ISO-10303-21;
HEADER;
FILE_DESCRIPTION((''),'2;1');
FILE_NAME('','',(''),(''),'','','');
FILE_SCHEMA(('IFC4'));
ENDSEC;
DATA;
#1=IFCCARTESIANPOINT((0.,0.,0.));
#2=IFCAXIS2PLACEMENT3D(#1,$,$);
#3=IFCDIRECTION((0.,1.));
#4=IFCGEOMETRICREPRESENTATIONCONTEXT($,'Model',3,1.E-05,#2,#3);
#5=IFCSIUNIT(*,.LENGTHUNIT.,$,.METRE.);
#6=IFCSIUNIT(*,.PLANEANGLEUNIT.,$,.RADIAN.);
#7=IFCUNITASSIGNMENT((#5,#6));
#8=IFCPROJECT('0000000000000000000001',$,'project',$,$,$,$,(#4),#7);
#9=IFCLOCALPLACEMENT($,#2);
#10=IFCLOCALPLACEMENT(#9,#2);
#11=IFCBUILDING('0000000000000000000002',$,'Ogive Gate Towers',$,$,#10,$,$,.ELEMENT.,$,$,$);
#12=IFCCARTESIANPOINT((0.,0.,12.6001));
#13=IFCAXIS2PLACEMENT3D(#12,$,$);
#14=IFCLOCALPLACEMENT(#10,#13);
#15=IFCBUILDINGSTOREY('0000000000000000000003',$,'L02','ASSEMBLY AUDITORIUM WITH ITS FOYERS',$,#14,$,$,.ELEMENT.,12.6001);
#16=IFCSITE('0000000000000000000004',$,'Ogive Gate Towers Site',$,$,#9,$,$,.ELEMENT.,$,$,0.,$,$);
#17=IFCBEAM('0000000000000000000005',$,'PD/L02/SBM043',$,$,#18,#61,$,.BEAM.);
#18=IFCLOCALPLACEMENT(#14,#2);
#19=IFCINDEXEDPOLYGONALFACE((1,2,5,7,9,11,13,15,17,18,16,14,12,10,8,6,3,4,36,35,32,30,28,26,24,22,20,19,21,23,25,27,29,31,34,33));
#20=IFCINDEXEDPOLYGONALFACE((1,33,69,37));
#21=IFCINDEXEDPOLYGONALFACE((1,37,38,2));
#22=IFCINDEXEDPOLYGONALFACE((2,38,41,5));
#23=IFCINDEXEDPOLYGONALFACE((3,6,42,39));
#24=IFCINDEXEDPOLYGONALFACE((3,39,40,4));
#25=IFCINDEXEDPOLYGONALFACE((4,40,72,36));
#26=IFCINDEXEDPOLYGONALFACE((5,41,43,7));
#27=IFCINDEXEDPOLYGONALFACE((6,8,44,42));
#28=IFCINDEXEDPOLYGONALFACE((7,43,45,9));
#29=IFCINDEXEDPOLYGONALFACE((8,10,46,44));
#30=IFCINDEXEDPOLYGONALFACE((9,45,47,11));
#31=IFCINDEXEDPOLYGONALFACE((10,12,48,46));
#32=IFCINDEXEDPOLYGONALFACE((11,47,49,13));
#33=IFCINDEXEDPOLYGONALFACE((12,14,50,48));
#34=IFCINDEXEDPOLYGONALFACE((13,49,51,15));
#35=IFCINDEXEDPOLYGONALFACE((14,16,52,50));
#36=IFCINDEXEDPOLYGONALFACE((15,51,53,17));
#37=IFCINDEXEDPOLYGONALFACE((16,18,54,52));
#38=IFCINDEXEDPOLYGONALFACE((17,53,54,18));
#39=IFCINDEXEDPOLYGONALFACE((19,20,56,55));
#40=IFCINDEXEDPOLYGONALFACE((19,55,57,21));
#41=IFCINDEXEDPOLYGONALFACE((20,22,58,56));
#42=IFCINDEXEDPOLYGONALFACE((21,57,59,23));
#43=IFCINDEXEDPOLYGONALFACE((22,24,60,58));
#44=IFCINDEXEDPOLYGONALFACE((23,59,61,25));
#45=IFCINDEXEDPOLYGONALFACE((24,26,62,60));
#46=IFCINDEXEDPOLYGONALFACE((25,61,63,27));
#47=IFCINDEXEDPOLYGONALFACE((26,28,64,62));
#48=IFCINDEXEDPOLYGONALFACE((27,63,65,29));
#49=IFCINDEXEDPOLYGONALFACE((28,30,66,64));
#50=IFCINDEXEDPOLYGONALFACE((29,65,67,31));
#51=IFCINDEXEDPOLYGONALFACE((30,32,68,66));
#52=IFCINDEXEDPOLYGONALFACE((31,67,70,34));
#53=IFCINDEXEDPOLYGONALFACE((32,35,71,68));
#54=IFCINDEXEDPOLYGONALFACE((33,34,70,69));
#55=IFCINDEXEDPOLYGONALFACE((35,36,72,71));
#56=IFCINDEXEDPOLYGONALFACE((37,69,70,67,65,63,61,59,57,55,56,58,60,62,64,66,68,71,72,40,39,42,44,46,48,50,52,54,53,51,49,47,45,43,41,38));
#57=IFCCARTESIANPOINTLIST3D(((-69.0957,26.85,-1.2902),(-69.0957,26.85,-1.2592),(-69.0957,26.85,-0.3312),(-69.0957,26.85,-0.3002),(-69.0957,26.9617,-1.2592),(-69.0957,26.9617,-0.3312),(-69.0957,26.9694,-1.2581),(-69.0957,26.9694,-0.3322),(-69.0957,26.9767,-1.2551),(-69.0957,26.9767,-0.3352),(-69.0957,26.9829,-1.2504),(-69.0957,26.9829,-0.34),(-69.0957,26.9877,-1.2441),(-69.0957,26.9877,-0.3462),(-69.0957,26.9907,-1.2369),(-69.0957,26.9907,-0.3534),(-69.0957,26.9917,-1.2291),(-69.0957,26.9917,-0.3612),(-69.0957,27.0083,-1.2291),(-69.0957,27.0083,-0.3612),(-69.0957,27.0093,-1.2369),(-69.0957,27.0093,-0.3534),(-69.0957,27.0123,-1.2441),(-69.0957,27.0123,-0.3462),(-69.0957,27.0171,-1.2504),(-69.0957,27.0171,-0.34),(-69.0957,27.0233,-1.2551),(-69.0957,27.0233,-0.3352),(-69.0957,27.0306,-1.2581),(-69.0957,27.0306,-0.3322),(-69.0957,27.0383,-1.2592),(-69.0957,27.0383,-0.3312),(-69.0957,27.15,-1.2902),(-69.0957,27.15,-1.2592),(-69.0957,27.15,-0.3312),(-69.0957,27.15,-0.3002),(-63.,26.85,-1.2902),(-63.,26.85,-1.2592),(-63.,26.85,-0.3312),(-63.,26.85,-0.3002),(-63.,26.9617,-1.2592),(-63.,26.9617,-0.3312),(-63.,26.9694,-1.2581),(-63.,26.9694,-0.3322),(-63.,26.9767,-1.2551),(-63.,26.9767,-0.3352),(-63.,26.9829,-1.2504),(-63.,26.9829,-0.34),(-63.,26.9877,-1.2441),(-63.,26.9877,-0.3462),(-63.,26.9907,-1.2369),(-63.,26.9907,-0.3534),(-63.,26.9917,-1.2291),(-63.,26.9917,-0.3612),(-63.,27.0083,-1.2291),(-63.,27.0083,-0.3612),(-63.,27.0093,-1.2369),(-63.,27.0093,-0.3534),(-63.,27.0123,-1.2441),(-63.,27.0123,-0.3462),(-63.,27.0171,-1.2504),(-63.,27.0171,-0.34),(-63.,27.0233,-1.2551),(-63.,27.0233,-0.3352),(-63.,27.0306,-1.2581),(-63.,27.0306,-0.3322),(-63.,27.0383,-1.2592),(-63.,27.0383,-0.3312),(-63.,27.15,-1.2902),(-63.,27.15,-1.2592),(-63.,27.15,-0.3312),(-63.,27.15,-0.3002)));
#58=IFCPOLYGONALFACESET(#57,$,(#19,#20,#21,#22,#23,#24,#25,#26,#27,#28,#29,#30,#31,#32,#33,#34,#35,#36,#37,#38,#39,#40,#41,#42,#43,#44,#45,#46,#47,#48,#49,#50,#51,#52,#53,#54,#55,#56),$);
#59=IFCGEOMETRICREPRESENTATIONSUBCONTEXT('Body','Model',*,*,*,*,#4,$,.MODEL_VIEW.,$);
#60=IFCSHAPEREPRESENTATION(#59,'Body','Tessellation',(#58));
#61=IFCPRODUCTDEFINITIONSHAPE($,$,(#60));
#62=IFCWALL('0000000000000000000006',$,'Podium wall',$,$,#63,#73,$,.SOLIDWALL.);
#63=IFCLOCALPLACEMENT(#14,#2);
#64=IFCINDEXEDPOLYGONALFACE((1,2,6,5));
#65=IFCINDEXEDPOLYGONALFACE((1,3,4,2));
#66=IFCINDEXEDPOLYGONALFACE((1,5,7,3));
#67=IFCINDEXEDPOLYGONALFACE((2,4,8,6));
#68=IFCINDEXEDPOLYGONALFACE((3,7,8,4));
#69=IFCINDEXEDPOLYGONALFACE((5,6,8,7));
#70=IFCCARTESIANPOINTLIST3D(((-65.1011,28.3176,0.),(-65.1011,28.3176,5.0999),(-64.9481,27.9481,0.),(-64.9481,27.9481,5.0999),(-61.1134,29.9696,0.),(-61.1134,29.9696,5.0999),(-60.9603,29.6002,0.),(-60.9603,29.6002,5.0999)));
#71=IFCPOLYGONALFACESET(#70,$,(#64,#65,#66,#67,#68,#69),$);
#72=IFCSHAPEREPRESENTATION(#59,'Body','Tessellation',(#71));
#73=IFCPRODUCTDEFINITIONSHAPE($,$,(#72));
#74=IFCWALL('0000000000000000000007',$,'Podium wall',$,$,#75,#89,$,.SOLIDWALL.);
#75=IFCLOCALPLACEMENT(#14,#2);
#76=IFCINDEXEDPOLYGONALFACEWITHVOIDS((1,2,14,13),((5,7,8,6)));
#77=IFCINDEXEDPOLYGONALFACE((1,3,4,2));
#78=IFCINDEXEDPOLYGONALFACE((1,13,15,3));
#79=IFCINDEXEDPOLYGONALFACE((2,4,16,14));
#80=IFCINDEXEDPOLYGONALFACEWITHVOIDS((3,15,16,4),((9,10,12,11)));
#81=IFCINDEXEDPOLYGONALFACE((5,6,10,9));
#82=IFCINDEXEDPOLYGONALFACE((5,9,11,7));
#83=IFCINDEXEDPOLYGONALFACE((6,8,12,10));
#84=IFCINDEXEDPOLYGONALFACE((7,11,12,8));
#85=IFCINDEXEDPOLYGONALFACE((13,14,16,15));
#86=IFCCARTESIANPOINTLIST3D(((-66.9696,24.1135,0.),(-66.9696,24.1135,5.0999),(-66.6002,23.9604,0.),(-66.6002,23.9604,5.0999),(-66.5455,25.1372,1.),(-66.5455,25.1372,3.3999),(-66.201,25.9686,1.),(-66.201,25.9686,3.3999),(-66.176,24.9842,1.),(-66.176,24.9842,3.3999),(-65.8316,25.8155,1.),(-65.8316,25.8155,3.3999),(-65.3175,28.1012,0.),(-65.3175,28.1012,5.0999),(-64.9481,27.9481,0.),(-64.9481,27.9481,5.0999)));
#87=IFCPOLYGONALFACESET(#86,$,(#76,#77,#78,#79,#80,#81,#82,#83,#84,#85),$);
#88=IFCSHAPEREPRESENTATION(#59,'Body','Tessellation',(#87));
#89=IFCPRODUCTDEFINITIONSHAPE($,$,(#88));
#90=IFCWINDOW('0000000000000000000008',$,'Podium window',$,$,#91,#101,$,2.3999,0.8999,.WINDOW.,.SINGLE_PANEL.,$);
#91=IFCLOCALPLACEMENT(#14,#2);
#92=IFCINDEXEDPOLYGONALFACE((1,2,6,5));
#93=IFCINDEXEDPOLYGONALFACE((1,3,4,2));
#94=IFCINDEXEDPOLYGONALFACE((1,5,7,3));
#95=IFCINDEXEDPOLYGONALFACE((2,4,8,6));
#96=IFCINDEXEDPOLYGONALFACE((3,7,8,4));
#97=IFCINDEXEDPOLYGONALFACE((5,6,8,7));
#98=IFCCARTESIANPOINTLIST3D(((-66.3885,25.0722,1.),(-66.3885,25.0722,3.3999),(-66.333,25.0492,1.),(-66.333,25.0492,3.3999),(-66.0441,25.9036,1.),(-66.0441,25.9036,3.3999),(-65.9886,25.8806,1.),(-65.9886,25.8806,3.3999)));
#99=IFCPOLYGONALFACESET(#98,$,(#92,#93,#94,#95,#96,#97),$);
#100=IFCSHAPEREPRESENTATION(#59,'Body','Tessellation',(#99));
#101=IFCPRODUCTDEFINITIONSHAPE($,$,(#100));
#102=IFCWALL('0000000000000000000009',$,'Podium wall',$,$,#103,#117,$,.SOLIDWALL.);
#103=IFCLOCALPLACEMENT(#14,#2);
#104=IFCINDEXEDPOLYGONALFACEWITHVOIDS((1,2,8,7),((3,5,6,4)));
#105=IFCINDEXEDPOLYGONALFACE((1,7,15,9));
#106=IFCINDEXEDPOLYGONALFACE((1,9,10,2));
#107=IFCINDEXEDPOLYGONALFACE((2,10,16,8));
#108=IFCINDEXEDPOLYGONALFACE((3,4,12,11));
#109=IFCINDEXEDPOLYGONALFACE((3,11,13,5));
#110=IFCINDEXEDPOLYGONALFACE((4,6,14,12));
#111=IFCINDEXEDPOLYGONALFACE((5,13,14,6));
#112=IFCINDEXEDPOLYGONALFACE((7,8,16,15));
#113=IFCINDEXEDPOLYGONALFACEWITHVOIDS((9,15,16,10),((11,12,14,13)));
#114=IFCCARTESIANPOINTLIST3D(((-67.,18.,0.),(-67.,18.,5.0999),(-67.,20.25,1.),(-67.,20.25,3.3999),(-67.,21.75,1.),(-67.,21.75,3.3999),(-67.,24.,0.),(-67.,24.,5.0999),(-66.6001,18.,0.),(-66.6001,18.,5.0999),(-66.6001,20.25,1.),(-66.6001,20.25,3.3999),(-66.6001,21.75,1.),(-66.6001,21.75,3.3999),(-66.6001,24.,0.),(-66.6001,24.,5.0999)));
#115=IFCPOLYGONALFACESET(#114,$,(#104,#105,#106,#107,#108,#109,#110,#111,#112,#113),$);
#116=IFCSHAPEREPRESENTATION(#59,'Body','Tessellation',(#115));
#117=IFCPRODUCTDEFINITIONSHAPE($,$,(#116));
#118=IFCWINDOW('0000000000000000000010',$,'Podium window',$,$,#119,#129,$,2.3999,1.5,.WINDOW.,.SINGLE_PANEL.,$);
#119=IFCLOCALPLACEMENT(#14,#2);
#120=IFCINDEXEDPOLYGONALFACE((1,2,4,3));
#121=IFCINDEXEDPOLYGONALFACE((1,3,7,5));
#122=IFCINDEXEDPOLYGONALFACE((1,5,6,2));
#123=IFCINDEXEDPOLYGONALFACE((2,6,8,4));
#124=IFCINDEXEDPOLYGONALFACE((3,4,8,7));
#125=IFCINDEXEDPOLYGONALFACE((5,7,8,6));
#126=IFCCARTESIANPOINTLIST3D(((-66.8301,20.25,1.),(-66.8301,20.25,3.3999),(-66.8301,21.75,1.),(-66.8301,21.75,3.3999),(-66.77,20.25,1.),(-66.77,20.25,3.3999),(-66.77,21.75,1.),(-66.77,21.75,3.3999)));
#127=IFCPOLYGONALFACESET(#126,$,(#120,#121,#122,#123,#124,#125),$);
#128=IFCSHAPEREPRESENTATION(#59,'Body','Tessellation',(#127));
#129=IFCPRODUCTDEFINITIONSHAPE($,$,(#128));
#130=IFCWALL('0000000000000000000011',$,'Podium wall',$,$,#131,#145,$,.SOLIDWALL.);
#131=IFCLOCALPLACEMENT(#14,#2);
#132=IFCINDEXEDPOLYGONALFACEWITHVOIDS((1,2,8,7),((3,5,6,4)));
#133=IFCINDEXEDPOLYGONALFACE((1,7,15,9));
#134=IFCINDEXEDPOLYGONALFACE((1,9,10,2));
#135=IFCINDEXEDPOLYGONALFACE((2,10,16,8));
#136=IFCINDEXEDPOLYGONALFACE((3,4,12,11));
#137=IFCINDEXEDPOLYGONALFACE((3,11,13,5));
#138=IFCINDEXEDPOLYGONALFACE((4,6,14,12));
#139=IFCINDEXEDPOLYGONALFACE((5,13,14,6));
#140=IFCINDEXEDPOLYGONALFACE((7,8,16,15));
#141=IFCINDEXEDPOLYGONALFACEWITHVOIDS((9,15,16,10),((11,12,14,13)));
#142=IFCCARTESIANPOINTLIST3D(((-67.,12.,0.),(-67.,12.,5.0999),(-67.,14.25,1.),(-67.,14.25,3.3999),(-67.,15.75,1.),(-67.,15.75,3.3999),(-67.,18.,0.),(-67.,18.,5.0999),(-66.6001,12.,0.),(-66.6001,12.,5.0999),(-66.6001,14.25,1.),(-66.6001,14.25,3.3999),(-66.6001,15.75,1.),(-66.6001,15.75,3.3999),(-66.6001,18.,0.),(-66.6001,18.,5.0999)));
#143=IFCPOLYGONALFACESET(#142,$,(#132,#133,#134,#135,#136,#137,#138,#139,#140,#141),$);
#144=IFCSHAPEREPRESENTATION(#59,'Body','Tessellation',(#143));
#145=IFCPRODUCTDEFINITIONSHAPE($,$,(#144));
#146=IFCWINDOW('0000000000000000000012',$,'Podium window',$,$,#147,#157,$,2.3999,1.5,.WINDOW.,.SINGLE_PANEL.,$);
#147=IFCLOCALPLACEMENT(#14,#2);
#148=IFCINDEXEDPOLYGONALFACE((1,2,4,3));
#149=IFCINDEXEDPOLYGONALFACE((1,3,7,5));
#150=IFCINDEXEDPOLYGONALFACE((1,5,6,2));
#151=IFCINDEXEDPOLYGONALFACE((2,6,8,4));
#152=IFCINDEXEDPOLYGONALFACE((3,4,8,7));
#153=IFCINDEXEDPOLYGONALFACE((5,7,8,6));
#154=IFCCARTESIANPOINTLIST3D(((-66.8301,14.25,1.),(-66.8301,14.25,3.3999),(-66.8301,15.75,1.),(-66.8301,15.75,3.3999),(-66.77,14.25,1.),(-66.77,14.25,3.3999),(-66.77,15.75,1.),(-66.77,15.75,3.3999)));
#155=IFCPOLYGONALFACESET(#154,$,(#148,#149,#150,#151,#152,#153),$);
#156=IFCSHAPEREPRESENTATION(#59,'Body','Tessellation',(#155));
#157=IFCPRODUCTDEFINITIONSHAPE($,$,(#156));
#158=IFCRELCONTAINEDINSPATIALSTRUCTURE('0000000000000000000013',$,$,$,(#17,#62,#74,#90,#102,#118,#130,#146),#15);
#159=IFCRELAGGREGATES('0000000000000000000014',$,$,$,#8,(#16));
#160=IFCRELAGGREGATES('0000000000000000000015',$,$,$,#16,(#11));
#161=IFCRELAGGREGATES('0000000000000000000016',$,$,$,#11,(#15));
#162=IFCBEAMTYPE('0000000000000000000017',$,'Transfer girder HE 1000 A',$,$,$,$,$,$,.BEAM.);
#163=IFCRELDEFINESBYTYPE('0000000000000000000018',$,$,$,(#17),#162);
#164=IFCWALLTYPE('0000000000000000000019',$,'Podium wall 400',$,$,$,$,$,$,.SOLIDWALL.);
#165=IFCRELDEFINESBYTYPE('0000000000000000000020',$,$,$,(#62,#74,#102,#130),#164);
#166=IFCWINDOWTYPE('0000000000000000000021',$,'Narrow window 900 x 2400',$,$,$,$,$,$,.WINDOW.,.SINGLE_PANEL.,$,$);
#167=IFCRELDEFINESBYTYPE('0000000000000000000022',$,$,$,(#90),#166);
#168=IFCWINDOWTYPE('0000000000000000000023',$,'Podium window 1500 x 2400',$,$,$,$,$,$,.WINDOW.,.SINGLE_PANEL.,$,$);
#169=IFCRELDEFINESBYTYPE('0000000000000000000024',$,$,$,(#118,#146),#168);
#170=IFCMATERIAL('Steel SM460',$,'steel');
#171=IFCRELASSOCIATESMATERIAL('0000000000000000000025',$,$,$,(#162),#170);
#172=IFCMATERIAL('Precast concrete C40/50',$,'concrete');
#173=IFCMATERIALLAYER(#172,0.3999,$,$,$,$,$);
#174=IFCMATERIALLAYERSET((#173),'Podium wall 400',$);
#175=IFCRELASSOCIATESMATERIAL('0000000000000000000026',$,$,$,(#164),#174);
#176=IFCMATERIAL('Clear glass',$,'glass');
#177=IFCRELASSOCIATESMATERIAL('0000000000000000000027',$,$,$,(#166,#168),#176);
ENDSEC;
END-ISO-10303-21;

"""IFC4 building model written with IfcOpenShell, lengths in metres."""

from ifc_helpers import new_model, si_unit, direction, frame, frame_2d, origin, origin_2d, place, context, subcontext, project, spatial, rectangle, i_section, extrude, material, layer, layer_set, material_profile, profile_set, type_object, element, fill, save


model = new_model("IFC4")

# Units and contexts
model_context = context("Model", 3, precision=1e-05, world=origin(), true_north=direction((0.0, 1.0)))
body_context = subcontext(model_context, "Body", "Model", "MODEL_VIEW")
ifc_project = project(units=[si_unit("LENGTHUNIT", "METRE"), si_unit("PLANEANGLEUNIT", "RADIAN")], contexts=[model_context])

# Site, building, storey
site_placement = place(None, origin())
site = spatial("IfcSite", under=ifc_project, at=site_placement, Name="Ogive Gate Towers Site", CompositionType="ELEMENT", RefElevation=0.0)
building_placement = place(site_placement, origin())
building = spatial("IfcBuilding", under=site, at=building_placement, Name="Ogive Gate Towers", CompositionType="ELEMENT")
storey_placement = place(building_placement, frame((0.0, 0.0, 12.6001)))
storey = spatial("IfcBuildingStorey", under=building, at=storey_placement, Name="L02", Description="ASSEMBLY AUDITORIUM WITH ITS FOYERS", CompositionType="ELEMENT", Elevation=12.6001)

# Beam
ifc_material_1 = material(Name="Steel SM460", Category="steel")
ifc_material_profile_1 = material_profile(ifc_material_1, i_section(OverallWidth=0.3, OverallDepth=0.99, WebThickness=0.0166, FlangeThickness=0.031, FilletRadius=0.03, at=origin_2d()), Name="HE 1000 A")
ifc_profile_set_1 = profile_set([ifc_material_profile_1], Name="Steel SM460")
beam_type_1 = type_object("IfcBeamType", Name="Transfer girder HE 1000 A", PredefinedType="BEAM", material=ifc_profile_set_1)
beam_1_placement = place(storey_placement, frame((-69.0957, 27.0, -0.7952), z_axis=(1.0, 0.0, 0.0), x_axis=(0.0, 1.0, 0.0)))
element("IfcBeam", 1, at=beam_1_placement, inside=storey, type_object=beam_type_1, Name="PD/L02/SBM043", PredefinedType="BEAM", context=body_context, shape_type="SweptSolid", body=[
    extrude(i_section(OverallWidth=0.3, OverallDepth=0.99, WebThickness=0.0166, FlangeThickness=0.031, FilletRadius=0.03, at=origin_2d()), origin(), (0.0, 0.0, 1.0), 6.0957),
])

# Wall
ifc_material_2 = material(Name="Precast concrete C40/50", Category="concrete")
ifc_layer = layer(ifc_material_2, 0.3999)
ifc_layer_set = layer_set([ifc_layer], Name="Podium wall 400")
wall_type = type_object("IfcWallType", Name="Podium wall 400", PredefinedType="SOLIDWALL", material=ifc_layer_set)
wall_1_placement = place(storey_placement, frame((-61.0369, 29.7849, 0.0), z_axis=(0.0, 0.0, 1.0), x_axis=(-0.923855, -0.382743, 0.0)))
element("IfcWall", 2, at=wall_1_placement, inside=storey, type_object=wall_type, Name="Podium wall", PredefinedType="SOLIDWALL", context=body_context, shape_type="SweptSolid", body=[
    extrude(rectangle(XDim=4.3164, YDim=0.3999, at=frame_2d((2.1582, 0.0))), origin(), (0.0, 0.0, 1.0), 5.0999),
])

# Walls, openings, windows
wall_2_placement = place(storey_placement, frame((-65.1328, 28.0247, 0.0), z_axis=(0.0, 0.0, 1.0), x_axis=(-0.382743, -0.923855, 0.0)))
wall_2 = element("IfcWall", 3, at=wall_2_placement, inside=storey, type_object=wall_type, Name="Podium wall", PredefinedType="SOLIDWALL", context=body_context, shape_type="SweptSolid", body=[
    extrude(rectangle(XDim=4.3164, YDim=0.3999, at=frame_2d((2.1582, 0.0))), origin(), (0.0, 0.0, 1.0), 5.0999),
])
opening_1_placement = place(wall_2_placement, frame((2.3083, 0.0, 1.0)))
opening_1 = element("IfcOpeningElement", 4, at=opening_1_placement, cuts=wall_2, PredefinedType="OPENING", context=body_context, shape_type="SweptSolid", body=[
    extrude(rectangle(XDim=0.8999, YDim=2.3999, at=frame_2d((0.45, 1.2))), frame((0.0, 0.21, 0.0), z_axis=(0.0, -1.0, 0.0), x_axis=(1.0, 0.0, 0.0)), (0.0, 0.0, 1.0), 0.4199),
])
ifc_material_3 = material(Name="Clear glass", Category="glass")
window_type_1 = type_object("IfcWindowType", Name="Narrow window 900 x 2400", PartitioningType="SINGLE_PANEL", PredefinedType="WINDOW", material=ifc_material_3)
window_1_placement = place(opening_1_placement, origin())
window_1 = element("IfcWindow", 5, at=window_1_placement, inside=storey, type_object=window_type_1, Name="Podium window", OverallHeight=2.3999, OverallWidth=0.8999, PartitioningType="SINGLE_PANEL", PredefinedType="WINDOW", context=body_context, shape_type="SweptSolid", body=[
    extrude(rectangle(XDim=0.8999, YDim=2.3999, at=frame_2d((0.45, 1.2))), frame((0.0, 0.03, 0.0), z_axis=(0.0, -1.0, 0.0), x_axis=(1.0, 0.0, 0.0)), (0.0, 0.0, 1.0), 0.0601),
])
fill(opening_1, window_1)
wall_3_placement = place(storey_placement, frame((-66.8, 24.0, 0.0), z_axis=(0.0, 0.0, 1.0), x_axis=(0.0, -1.0, 0.0)))
wall_3 = element("IfcWall", 6, at=wall_3_placement, inside=storey, type_object=wall_type, Name="Podium wall", PredefinedType="SOLIDWALL", context=body_context, shape_type="SweptSolid", body=[
    extrude(rectangle(XDim=6.0, YDim=0.3999, at=frame_2d((3.0, 0.0))), origin(), (0.0, 0.0, 1.0), 5.0999),
])
opening_2_placement = place(wall_3_placement, frame((2.25, 0.0, 1.0)))
opening_2 = element("IfcOpeningElement", 7, at=opening_2_placement, cuts=wall_3, PredefinedType="OPENING", context=body_context, shape_type="SweptSolid", body=[
    extrude(rectangle(XDim=1.5, YDim=2.3999, at=frame_2d((0.75, 1.2))), frame((0.0, 0.21, 0.0), z_axis=(0.0, -1.0, 0.0), x_axis=(1.0, 0.0, 0.0)), (0.0, 0.0, 1.0), 0.4199),
])
window_type_2 = type_object("IfcWindowType", Name="Podium window 1500 x 2400", PartitioningType="SINGLE_PANEL", PredefinedType="WINDOW", material=ifc_material_3)
window_2_placement = place(opening_2_placement, origin())
window_2 = element("IfcWindow", 8, at=window_2_placement, inside=storey, type_object=window_type_2, Name="Podium window", OverallHeight=2.3999, OverallWidth=1.5, PartitioningType="SINGLE_PANEL", PredefinedType="WINDOW", context=body_context, shape_type="SweptSolid", body=[
    extrude(rectangle(XDim=1.5, YDim=2.3999, at=frame_2d((0.75, 1.2))), frame((0.0, 0.03, 0.0), z_axis=(0.0, -1.0, 0.0), x_axis=(1.0, 0.0, 0.0)), (0.0, 0.0, 1.0), 0.0601),
])
fill(opening_2, window_2)
wall_4_placement = place(storey_placement, frame((-66.8, 18.0, 0.0), z_axis=(0.0, 0.0, 1.0), x_axis=(0.0, -1.0, 0.0)))
wall_4 = element("IfcWall", 9, at=wall_4_placement, inside=storey, type_object=wall_type, Name="Podium wall", PredefinedType="SOLIDWALL", context=body_context, shape_type="SweptSolid", body=[
    extrude(rectangle(XDim=6.0, YDim=0.3999, at=frame_2d((3.0, 0.0))), origin(), (0.0, 0.0, 1.0), 5.0999),
])
opening_3_placement = place(wall_4_placement, frame((2.25, 0.0, 1.0)))
opening_3 = element("IfcOpeningElement", 10, at=opening_3_placement, cuts=wall_4, PredefinedType="OPENING", context=body_context, shape_type="SweptSolid", body=[
    extrude(rectangle(XDim=1.5, YDim=2.3999, at=frame_2d((0.75, 1.2))), frame((0.0, 0.21, 0.0), z_axis=(0.0, -1.0, 0.0), x_axis=(1.0, 0.0, 0.0)), (0.0, 0.0, 1.0), 0.4199),
])
window_3_placement = place(opening_3_placement, origin())
window_3 = element("IfcWindow", 11, at=window_3_placement, inside=storey, type_object=window_type_2, Name="Podium window", OverallHeight=2.3999, OverallWidth=1.5, PartitioningType="SINGLE_PANEL", PredefinedType="WINDOW", context=body_context, shape_type="SweptSolid", body=[
    extrude(rectangle(XDim=1.5, YDim=2.3999, at=frame_2d((0.75, 1.2))), frame((0.0, 0.03, 0.0), z_axis=(0.0, -1.0, 0.0), x_axis=(1.0, 0.0, 0.0)), (0.0, 0.0, 1.0), 0.0601),
])
fill(opening_3, window_3)

save(model, "model.ifc")
